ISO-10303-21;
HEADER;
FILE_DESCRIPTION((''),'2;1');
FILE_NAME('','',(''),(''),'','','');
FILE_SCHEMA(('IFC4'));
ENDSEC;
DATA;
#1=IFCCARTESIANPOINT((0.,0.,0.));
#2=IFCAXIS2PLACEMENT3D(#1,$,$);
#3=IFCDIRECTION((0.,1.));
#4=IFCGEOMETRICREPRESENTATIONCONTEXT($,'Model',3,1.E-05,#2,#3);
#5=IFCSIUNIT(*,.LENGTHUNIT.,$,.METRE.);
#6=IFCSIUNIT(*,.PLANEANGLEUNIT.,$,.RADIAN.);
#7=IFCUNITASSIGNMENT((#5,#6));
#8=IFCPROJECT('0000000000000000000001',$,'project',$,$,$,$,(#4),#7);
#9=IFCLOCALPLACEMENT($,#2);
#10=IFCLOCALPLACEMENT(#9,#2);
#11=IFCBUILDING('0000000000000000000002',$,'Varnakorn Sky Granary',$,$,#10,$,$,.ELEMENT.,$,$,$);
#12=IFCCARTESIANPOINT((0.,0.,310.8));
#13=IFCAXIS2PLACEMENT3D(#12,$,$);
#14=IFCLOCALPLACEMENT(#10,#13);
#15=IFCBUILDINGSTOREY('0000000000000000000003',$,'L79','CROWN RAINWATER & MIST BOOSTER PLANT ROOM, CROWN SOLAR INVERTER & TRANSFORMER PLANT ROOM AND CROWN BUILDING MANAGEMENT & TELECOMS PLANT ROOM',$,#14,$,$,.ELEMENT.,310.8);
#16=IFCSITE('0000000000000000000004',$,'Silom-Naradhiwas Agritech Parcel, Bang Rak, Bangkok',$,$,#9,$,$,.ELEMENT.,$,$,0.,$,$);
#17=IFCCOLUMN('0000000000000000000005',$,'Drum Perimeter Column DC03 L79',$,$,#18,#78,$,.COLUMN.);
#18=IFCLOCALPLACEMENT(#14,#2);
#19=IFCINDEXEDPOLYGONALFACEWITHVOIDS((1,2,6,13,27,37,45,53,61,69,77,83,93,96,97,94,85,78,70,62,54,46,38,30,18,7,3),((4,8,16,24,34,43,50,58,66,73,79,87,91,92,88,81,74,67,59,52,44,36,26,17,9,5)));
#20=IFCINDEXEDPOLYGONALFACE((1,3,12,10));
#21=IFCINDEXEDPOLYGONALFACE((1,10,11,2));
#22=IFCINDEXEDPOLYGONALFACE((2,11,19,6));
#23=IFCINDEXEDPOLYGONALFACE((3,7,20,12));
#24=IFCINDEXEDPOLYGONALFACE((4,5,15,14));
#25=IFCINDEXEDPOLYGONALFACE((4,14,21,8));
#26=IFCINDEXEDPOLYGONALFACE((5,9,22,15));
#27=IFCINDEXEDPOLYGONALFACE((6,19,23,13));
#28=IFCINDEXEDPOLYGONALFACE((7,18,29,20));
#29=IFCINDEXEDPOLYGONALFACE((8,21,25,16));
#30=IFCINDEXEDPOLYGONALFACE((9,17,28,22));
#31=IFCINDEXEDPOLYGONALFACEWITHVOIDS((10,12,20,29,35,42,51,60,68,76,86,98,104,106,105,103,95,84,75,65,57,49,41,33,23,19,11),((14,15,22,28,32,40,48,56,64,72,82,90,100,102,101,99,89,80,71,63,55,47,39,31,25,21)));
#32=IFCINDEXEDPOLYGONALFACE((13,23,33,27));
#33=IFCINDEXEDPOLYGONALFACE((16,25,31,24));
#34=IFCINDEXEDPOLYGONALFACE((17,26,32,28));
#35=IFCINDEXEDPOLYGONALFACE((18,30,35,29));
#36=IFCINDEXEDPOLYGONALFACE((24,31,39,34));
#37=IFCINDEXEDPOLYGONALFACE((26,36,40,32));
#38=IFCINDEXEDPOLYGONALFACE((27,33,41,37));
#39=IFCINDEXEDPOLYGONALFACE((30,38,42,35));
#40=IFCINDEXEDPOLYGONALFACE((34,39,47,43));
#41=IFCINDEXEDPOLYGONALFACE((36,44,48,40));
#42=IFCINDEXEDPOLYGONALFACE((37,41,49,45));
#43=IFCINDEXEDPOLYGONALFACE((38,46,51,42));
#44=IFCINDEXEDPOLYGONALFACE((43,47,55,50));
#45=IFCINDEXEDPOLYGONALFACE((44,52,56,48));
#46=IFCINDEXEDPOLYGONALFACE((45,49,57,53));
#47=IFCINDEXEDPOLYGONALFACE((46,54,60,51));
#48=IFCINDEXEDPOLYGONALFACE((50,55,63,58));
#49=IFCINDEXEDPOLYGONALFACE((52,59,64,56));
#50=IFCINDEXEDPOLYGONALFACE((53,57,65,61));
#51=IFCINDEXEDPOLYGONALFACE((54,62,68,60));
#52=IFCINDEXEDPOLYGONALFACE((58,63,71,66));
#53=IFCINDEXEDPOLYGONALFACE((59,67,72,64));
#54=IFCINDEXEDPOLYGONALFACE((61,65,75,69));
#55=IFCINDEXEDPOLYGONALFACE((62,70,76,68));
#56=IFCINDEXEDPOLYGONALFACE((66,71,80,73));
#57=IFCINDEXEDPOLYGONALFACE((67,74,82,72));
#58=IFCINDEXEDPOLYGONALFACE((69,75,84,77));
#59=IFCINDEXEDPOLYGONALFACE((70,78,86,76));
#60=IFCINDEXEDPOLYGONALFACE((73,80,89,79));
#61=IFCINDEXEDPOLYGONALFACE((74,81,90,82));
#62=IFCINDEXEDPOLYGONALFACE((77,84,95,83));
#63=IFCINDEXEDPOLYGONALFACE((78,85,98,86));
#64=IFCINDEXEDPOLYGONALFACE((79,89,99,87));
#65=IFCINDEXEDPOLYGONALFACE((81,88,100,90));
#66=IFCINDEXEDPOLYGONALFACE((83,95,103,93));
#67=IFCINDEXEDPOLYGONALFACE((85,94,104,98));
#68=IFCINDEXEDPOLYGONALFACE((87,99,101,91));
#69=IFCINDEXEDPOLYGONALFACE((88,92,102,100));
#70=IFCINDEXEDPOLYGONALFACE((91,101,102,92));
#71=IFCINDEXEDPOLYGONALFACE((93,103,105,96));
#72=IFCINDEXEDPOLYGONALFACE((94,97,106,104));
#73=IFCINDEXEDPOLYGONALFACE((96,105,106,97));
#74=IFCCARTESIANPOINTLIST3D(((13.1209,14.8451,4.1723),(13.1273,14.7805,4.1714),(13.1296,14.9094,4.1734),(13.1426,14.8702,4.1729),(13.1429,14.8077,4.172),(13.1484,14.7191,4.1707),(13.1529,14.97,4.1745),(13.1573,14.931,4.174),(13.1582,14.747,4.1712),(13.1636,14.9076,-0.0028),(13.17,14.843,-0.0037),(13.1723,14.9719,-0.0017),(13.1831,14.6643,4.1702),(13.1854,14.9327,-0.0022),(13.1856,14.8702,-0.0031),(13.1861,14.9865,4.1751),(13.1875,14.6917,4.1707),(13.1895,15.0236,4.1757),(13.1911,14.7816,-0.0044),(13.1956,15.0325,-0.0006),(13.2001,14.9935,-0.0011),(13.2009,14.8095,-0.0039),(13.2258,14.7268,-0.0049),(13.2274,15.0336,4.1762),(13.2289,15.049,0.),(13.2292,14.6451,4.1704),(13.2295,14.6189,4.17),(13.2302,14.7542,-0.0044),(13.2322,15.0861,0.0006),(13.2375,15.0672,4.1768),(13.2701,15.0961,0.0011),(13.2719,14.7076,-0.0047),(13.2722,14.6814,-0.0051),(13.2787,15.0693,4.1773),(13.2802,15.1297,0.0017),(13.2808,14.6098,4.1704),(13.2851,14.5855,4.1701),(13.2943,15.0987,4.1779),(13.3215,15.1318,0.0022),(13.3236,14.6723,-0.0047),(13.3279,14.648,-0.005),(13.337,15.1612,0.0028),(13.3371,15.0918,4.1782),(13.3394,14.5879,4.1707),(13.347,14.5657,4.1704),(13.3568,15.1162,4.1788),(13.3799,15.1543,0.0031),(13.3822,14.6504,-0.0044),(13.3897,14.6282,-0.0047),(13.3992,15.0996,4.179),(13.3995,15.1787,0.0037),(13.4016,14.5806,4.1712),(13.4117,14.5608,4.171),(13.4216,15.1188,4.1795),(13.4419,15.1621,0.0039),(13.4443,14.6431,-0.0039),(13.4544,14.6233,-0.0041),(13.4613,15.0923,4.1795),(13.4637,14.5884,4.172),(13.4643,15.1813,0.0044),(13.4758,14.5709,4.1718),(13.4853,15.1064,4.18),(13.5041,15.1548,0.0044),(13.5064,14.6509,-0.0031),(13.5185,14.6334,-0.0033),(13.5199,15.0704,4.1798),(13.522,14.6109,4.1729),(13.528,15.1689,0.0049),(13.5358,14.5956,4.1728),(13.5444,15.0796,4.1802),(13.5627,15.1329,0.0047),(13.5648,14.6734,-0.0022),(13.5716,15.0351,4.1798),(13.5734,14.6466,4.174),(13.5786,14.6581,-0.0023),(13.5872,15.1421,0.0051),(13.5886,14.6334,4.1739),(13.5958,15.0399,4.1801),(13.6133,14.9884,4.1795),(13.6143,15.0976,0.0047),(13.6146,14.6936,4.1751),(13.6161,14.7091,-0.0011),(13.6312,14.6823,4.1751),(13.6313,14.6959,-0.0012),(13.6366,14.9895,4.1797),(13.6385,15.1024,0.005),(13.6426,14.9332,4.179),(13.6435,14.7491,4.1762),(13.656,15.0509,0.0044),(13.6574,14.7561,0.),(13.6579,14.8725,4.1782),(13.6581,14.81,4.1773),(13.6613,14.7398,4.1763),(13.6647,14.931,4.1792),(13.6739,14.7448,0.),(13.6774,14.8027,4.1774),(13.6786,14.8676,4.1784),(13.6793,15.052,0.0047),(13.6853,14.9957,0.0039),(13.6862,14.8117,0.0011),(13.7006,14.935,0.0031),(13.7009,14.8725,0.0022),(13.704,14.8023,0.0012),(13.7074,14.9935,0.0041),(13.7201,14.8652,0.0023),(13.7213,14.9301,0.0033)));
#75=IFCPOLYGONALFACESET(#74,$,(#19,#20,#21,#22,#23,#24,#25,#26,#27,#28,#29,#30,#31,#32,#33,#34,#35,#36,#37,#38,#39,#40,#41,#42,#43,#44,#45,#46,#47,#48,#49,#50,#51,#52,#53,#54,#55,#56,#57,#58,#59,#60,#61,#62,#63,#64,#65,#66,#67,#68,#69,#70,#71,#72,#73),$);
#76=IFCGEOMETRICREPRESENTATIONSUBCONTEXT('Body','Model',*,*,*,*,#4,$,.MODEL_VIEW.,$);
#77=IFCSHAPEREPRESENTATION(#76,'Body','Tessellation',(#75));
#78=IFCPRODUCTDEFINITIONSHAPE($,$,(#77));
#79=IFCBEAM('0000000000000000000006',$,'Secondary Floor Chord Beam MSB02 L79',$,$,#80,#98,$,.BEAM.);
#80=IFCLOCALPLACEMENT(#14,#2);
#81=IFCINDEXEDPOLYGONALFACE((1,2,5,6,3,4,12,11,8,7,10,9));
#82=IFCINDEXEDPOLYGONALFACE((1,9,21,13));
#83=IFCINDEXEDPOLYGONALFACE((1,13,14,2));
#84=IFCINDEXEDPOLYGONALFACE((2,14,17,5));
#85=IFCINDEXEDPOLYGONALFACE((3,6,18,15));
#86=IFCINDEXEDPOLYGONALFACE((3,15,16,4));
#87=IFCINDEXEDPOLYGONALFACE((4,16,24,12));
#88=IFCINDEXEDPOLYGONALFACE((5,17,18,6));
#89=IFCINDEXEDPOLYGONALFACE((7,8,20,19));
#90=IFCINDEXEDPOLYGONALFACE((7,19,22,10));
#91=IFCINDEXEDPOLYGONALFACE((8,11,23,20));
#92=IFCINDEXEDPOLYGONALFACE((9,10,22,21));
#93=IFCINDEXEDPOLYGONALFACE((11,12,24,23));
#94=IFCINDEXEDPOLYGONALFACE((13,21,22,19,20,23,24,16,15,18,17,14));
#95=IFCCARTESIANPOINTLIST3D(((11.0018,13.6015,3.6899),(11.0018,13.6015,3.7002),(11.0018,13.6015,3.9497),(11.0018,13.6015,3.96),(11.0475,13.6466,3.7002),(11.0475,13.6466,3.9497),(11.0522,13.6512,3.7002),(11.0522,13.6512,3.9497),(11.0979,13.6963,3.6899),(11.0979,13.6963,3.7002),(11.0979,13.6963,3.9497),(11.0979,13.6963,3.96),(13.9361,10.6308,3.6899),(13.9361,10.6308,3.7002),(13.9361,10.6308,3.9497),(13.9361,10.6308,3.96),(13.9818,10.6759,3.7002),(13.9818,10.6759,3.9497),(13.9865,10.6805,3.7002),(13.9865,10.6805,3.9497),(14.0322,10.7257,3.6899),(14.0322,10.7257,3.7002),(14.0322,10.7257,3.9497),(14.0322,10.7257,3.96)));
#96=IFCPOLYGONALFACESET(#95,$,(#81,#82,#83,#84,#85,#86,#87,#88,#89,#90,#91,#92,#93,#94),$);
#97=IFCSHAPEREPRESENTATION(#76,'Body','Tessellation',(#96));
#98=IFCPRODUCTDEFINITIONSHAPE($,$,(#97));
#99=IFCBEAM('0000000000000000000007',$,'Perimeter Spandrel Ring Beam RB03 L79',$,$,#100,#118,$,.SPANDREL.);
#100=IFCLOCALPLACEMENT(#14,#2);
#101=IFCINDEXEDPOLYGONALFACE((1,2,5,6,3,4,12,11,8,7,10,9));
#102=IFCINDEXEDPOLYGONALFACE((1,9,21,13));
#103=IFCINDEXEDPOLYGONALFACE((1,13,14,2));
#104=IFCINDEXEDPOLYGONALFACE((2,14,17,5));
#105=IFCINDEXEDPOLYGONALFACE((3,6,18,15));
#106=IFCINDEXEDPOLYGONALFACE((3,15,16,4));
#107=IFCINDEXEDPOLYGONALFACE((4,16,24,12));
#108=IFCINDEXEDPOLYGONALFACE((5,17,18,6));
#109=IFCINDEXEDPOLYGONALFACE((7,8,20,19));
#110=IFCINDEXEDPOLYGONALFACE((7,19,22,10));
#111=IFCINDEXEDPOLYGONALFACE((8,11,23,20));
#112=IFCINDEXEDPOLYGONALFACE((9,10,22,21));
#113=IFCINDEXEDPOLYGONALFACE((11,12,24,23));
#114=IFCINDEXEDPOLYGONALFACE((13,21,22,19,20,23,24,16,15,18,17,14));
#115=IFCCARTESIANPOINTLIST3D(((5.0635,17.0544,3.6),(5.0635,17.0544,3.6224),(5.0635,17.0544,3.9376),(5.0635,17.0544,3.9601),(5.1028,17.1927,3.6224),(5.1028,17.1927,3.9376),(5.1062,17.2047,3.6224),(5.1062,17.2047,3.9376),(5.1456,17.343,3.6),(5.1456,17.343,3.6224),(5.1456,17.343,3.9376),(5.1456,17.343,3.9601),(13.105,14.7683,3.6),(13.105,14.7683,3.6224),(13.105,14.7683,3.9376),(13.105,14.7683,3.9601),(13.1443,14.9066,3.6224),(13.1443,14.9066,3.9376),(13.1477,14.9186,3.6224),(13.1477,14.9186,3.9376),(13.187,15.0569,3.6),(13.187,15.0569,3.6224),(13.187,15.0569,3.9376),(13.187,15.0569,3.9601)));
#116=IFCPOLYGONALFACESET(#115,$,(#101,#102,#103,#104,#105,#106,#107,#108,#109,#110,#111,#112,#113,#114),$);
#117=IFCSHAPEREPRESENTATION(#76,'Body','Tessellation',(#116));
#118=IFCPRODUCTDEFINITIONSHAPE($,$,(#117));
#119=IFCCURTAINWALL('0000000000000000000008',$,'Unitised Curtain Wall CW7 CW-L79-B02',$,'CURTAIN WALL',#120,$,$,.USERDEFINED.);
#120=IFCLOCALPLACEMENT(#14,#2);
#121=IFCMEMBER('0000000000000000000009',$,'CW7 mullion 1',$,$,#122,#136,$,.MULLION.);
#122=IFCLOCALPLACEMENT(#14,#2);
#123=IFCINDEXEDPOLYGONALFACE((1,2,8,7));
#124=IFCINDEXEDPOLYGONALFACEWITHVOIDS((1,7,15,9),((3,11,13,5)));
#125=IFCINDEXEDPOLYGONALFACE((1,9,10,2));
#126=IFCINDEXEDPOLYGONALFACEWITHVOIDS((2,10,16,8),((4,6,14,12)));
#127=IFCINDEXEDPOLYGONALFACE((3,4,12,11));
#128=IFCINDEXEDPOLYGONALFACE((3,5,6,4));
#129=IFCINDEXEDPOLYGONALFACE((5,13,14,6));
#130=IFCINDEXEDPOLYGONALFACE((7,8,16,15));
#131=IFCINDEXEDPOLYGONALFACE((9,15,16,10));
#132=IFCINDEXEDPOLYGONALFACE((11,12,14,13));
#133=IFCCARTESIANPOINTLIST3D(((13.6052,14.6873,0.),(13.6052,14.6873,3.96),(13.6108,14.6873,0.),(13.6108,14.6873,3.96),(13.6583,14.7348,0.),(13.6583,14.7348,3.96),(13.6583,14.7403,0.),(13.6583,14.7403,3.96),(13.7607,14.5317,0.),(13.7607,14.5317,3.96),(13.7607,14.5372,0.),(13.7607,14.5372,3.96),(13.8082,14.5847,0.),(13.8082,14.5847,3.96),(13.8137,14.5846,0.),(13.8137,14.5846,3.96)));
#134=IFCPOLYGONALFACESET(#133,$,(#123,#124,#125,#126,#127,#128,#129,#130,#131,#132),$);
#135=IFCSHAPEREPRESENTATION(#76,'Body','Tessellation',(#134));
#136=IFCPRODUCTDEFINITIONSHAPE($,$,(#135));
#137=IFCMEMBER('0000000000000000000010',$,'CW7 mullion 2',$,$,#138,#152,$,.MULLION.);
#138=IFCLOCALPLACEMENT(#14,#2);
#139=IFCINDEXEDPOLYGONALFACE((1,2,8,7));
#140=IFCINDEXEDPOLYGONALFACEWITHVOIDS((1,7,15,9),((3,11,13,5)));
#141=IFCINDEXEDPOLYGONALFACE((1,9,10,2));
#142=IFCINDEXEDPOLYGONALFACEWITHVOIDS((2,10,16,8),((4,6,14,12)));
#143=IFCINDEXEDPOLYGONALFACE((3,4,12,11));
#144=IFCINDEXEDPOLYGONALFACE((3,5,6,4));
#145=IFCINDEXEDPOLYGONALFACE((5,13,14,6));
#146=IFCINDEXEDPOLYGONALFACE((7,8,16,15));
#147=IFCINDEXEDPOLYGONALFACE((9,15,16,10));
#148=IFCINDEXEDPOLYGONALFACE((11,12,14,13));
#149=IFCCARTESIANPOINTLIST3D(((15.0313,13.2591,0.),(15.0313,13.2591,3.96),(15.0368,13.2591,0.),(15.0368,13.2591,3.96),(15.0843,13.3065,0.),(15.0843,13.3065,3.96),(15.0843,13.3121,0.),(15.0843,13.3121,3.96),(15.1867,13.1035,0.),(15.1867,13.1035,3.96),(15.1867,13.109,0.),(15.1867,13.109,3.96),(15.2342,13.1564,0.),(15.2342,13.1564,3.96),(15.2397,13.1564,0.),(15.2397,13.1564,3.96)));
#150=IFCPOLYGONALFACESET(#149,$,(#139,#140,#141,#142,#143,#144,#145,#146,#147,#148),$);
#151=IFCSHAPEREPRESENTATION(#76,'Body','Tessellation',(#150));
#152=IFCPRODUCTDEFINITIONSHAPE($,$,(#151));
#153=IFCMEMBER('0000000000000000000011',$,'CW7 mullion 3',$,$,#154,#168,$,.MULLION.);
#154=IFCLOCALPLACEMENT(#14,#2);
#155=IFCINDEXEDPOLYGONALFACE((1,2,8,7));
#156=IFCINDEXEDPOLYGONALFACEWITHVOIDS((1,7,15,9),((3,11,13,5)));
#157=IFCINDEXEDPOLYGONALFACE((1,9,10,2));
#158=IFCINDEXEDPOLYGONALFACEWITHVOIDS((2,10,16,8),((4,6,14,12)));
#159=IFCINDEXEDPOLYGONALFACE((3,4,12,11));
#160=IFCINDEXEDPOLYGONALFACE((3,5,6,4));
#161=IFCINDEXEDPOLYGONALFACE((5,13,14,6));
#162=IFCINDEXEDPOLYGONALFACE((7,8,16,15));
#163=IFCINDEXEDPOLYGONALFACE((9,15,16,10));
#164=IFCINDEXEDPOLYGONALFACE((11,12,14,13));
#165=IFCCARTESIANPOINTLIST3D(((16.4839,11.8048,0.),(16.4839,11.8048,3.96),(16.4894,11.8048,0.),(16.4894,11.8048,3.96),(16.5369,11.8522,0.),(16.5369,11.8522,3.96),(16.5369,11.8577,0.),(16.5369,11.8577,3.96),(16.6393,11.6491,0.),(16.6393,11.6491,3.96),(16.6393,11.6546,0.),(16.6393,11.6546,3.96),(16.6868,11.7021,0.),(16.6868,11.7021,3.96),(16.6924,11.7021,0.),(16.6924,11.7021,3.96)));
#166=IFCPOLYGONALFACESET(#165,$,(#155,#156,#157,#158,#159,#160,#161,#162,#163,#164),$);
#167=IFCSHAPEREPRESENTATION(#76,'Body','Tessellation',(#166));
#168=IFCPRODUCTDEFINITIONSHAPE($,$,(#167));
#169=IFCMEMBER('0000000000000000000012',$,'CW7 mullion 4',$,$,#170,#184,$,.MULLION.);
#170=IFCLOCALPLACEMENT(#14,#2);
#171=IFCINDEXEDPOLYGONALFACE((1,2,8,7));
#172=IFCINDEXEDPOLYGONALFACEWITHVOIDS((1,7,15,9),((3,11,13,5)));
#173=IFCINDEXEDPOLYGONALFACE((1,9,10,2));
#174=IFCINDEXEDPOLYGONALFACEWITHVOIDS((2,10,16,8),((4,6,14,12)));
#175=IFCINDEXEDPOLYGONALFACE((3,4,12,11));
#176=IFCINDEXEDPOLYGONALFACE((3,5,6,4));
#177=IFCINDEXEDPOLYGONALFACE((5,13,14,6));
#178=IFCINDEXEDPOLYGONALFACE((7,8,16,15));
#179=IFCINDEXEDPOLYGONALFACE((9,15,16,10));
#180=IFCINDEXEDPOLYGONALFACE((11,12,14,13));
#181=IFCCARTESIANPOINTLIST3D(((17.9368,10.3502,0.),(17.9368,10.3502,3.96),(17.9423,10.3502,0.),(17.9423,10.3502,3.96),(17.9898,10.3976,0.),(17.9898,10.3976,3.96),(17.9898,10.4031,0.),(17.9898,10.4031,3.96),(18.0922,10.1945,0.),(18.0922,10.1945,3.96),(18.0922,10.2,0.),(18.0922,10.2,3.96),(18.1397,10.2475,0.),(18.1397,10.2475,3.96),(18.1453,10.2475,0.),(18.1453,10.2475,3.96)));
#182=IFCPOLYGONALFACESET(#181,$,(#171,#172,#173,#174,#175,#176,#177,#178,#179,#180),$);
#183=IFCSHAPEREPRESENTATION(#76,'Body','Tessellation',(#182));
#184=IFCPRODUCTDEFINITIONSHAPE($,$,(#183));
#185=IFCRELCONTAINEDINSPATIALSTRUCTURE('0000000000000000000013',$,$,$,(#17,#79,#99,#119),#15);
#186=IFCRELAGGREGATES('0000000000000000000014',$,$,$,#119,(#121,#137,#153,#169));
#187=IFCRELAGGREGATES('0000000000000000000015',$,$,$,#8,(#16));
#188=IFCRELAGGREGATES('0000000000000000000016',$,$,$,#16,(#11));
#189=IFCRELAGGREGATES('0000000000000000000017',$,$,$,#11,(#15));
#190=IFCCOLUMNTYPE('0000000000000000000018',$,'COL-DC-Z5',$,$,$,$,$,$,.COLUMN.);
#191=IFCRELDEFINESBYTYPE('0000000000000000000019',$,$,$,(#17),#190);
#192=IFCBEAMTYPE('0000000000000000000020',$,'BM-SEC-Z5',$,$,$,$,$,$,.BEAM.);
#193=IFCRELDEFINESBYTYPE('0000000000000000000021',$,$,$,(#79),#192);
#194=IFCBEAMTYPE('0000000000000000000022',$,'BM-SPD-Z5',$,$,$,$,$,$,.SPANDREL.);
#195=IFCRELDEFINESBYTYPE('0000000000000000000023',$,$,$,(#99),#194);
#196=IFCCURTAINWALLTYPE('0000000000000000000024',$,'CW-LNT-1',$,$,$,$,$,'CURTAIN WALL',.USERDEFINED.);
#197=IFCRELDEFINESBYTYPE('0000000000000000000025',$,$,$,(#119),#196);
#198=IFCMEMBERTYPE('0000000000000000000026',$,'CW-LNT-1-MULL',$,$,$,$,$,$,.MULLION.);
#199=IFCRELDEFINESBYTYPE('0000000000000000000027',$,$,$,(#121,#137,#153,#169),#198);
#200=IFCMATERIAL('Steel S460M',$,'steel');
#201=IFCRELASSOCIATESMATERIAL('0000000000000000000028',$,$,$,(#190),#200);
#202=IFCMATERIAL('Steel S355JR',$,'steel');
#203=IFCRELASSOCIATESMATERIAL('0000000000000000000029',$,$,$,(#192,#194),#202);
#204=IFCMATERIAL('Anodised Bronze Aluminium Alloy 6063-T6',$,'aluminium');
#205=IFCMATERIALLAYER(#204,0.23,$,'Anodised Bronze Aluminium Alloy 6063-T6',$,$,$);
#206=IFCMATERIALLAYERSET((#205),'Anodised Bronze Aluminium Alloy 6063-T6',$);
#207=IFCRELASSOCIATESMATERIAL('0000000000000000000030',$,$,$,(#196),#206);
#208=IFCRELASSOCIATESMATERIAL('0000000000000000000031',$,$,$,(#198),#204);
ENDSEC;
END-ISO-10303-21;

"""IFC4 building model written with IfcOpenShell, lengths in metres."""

from ifc_helpers import new_model, si_unit, direction, frame, origin, origin_2d, place, context, subcontext, project, spatial, hollow_rectangle, hollow_circle, i_section, extrude, material, layer, layer_set, material_profile, profile_set, type_object, element, aggregate, save


model = new_model("IFC4")

# Units and contexts
model_context = context("Model", 3, precision=1e-05, world=origin(), true_north=direction((0.0, 1.0)))
body_context = subcontext(model_context, "Body", "Model", "MODEL_VIEW")
ifc_project = project(units=[si_unit("LENGTHUNIT", "METRE"), si_unit("PLANEANGLEUNIT", "RADIAN")], contexts=[model_context])

# Site, building, storey
site_placement = place(None, origin())
site = spatial("IfcSite", under=ifc_project, at=site_placement, Name="Silom-Naradhiwas Agritech Parcel, Bang Rak, Bangkok", CompositionType="ELEMENT", RefElevation=0.0)
building_placement = place(site_placement, origin())
building = spatial("IfcBuilding", under=site, at=building_placement, Name="Varnakorn Sky Granary", CompositionType="ELEMENT")
storey_placement = place(building_placement, frame((0.0, 0.0, 310.8)))
storey = spatial("IfcBuildingStorey", under=building, at=storey_placement, Name="L79", Description="CROWN RAINWATER & MIST BOOSTER PLANT ROOM, CROWN SOLAR INVERTER & TRANSFORMER PLANT ROOM AND CROWN BUILDING MANAGEMENT & TELECOMS PLANT ROOM", CompositionType="ELEMENT", Elevation=310.8)

# Column
ifc_material_1 = material(Name="Steel S460M", Category="steel")
ifc_material_profile_1 = material_profile(ifc_material_1, hollow_circle(Radius=0.2795, WallThickness=0.02, at=origin_2d()), Name="CHS 559x20")
ifc_profile_set_1 = profile_set([ifc_material_profile_1], Name="Steel S460M")
column_type = type_object("IfcColumnType", Name="COL-DC-Z5", PredefinedType="COLUMN", material=ifc_profile_set_1)
column_placement = place(storey_placement, frame((13.4431, 14.9026, 0.0), z_axis=(-0.010232, -0.014967, 0.999836), x_axis=(0.825544, -0.564337, 0.0)))
element("IfcColumn", 1, at=column_placement, inside=storey, type_object=column_type, Name="Drum Perimeter Column DC03 L79", PredefinedType="COLUMN", context=body_context, shape_type="SweptSolid", body=[
    extrude(hollow_circle(Radius=0.2795, WallThickness=0.02, at=origin_2d()), origin(), (0.0, 0.0, 1.0), 4.1758),
])

# Beams
ifc_material_2 = material(Name="Steel S355JR", Category="steel")
ifc_material_profile_2 = material_profile(ifc_material_2, i_section(OverallWidth=0.135, OverallDepth=0.27, WebThickness=0.0066, FlangeThickness=0.0103, at=origin_2d()), Name="IPE 270")
ifc_profile_set_2 = profile_set([ifc_material_profile_2], Name="Steel S355JR")
beam_type_1 = type_object("IfcBeamType", Name="BM-SEC-Z5", PredefinedType="BEAM", material=ifc_profile_set_2)
beam_1_placement = place(storey_placement, frame((13.9841, 10.6782, 3.825), z_axis=(-0.702737, 0.711449, 0.0), x_axis=(-0.711449, -0.702737, 0.0)))
element("IfcBeam", 2, at=beam_1_placement, inside=storey, type_object=beam_type_1, Name="Secondary Floor Chord Beam MSB02 L79", PredefinedType="BEAM", context=body_context, shape_type="SweptSolid", body=[
    extrude(i_section(OverallWidth=0.135, OverallDepth=0.27, WebThickness=0.0066, FlangeThickness=0.0103, at=origin_2d()), origin(), (0.0, 0.0, 1.0), 4.1755),
])
ifc_material_profile_3 = material_profile(ifc_material_2, i_section(OverallWidth=0.3, OverallDepth=0.3601, WebThickness=0.0125, FlangeThickness=0.0225, at=origin_2d()), Name="HE 360 B")
ifc_profile_set_3 = profile_set([ifc_material_profile_3], Name="Steel S355JR")
beam_type_2 = type_object("IfcBeamType", Name="BM-SPD-Z5", PredefinedType="SPANDREL", material=ifc_profile_set_3)
beam_2_placement = place(storey_placement, frame((13.146, 14.9126, 3.78), z_axis=(-0.961885, 0.273456, 0.0), x_axis=(-0.273456, -0.961885, 0.0)))
element("IfcBeam", 3, at=beam_2_placement, inside=storey, type_object=beam_type_2, Name="Perimeter Spandrel Ring Beam RB03 L79", PredefinedType="SPANDREL", context=body_context, shape_type="SweptSolid", body=[
    extrude(i_section(OverallWidth=0.3, OverallDepth=0.3601, WebThickness=0.0125, FlangeThickness=0.0225, at=origin_2d()), origin(), (0.0, 0.0, 1.0), 8.3601),
])

# Curtain wall, members
ifc_material_3 = material(Name="Anodised Bronze Aluminium Alloy 6063-T6", Category="aluminium")
ifc_layer_1 = layer(ifc_material_3, 0.23, Name="Anodised Bronze Aluminium Alloy 6063-T6")
ifc_layer_set_1 = layer_set([ifc_layer_1], Name="Anodised Bronze Aluminium Alloy 6063-T6")
curtain_wall_type = type_object("IfcCurtainWallType", Name="CW-LNT-1", ElementType="CURTAIN WALL", PredefinedType="USERDEFINED", material=ifc_layer_set_1)
curtain_wall_1_placement = place(storey_placement, origin())
curtain_wall_1 = element("IfcCurtainWall", 4, at=curtain_wall_1_placement, inside=storey, type_object=curtain_wall_type, Name="Unitised Curtain Wall CW7 CW-L79-B02", ObjectType="CURTAIN WALL", PredefinedType="USERDEFINED")
ifc_material_profile_4 = material_profile(ifc_material_3, hollow_rectangle(XDim=0.075, YDim=0.22, WallThickness=0.0039, at=origin_2d()), Name="ALU MULL 75x220")
ifc_profile_set_4 = profile_set([ifc_material_profile_4], Name="Anodised Bronze Aluminium Alloy 6063-T6")
member_type_1 = type_object("IfcMemberType", Name="CW-LNT-1-MULL", PredefinedType="MULLION", material=ifc_profile_set_4)
member_1_placement = place(storey_placement, frame((13.7095, 14.636, 0.0), z_axis=(0.0, 0.0, 1.0), x_axis=(0.707563, 0.706651, 0.0)))
member_1 = element("IfcMember", 5, at=member_1_placement, type_object=member_type_1, Name="CW7 mullion 1", PredefinedType="MULLION", context=body_context, shape_type="SweptSolid", body=[
    extrude(hollow_rectangle(XDim=0.075, YDim=0.22, WallThickness=0.0039, at=origin_2d()), origin(), (0.0, 0.0, 1.0), 3.96),
])
member_2_placement = place(storey_placement, frame((15.1355, 13.2078, 0.0), z_axis=(0.0, 0.0, 1.0), x_axis=(0.707563, 0.706651, 0.0)))
member_2 = element("IfcMember", 6, at=member_2_placement, type_object=member_type_1, Name="CW7 mullion 2", PredefinedType="MULLION", context=body_context, shape_type="SweptSolid", body=[
    extrude(hollow_rectangle(XDim=0.075, YDim=0.22, WallThickness=0.0039, at=origin_2d()), origin(), (0.0, 0.0, 1.0), 3.96),
])
member_3_placement = place(storey_placement, frame((16.5881, 11.7534, 0.0), z_axis=(0.0, 0.0, 1.0), x_axis=(0.707563, 0.706651, 0.0)))
member_3 = element("IfcMember", 7, at=member_3_placement, type_object=member_type_1, Name="CW7 mullion 3", PredefinedType="MULLION", context=body_context, shape_type="SweptSolid", body=[
    extrude(hollow_rectangle(XDim=0.075, YDim=0.22, WallThickness=0.0039, at=origin_2d()), origin(), (0.0, 0.0, 1.0), 3.96),
])
member_4_placement = place(storey_placement, frame((18.041, 10.2988, 0.0), z_axis=(0.0, 0.0, 1.0), x_axis=(0.707563, 0.706651, 0.0)))
member_4 = element("IfcMember", 8, at=member_4_placement, type_object=member_type_1, Name="CW7 mullion 4", PredefinedType="MULLION", context=body_context, shape_type="SweptSolid", body=[
    extrude(hollow_rectangle(XDim=0.075, YDim=0.22, WallThickness=0.0039, at=origin_2d()), origin(), (0.0, 0.0, 1.0), 3.96),
])

aggregate(curtain_wall_1, [member_1, member_2, member_3, member_4])

save(model, "model.ifc")
